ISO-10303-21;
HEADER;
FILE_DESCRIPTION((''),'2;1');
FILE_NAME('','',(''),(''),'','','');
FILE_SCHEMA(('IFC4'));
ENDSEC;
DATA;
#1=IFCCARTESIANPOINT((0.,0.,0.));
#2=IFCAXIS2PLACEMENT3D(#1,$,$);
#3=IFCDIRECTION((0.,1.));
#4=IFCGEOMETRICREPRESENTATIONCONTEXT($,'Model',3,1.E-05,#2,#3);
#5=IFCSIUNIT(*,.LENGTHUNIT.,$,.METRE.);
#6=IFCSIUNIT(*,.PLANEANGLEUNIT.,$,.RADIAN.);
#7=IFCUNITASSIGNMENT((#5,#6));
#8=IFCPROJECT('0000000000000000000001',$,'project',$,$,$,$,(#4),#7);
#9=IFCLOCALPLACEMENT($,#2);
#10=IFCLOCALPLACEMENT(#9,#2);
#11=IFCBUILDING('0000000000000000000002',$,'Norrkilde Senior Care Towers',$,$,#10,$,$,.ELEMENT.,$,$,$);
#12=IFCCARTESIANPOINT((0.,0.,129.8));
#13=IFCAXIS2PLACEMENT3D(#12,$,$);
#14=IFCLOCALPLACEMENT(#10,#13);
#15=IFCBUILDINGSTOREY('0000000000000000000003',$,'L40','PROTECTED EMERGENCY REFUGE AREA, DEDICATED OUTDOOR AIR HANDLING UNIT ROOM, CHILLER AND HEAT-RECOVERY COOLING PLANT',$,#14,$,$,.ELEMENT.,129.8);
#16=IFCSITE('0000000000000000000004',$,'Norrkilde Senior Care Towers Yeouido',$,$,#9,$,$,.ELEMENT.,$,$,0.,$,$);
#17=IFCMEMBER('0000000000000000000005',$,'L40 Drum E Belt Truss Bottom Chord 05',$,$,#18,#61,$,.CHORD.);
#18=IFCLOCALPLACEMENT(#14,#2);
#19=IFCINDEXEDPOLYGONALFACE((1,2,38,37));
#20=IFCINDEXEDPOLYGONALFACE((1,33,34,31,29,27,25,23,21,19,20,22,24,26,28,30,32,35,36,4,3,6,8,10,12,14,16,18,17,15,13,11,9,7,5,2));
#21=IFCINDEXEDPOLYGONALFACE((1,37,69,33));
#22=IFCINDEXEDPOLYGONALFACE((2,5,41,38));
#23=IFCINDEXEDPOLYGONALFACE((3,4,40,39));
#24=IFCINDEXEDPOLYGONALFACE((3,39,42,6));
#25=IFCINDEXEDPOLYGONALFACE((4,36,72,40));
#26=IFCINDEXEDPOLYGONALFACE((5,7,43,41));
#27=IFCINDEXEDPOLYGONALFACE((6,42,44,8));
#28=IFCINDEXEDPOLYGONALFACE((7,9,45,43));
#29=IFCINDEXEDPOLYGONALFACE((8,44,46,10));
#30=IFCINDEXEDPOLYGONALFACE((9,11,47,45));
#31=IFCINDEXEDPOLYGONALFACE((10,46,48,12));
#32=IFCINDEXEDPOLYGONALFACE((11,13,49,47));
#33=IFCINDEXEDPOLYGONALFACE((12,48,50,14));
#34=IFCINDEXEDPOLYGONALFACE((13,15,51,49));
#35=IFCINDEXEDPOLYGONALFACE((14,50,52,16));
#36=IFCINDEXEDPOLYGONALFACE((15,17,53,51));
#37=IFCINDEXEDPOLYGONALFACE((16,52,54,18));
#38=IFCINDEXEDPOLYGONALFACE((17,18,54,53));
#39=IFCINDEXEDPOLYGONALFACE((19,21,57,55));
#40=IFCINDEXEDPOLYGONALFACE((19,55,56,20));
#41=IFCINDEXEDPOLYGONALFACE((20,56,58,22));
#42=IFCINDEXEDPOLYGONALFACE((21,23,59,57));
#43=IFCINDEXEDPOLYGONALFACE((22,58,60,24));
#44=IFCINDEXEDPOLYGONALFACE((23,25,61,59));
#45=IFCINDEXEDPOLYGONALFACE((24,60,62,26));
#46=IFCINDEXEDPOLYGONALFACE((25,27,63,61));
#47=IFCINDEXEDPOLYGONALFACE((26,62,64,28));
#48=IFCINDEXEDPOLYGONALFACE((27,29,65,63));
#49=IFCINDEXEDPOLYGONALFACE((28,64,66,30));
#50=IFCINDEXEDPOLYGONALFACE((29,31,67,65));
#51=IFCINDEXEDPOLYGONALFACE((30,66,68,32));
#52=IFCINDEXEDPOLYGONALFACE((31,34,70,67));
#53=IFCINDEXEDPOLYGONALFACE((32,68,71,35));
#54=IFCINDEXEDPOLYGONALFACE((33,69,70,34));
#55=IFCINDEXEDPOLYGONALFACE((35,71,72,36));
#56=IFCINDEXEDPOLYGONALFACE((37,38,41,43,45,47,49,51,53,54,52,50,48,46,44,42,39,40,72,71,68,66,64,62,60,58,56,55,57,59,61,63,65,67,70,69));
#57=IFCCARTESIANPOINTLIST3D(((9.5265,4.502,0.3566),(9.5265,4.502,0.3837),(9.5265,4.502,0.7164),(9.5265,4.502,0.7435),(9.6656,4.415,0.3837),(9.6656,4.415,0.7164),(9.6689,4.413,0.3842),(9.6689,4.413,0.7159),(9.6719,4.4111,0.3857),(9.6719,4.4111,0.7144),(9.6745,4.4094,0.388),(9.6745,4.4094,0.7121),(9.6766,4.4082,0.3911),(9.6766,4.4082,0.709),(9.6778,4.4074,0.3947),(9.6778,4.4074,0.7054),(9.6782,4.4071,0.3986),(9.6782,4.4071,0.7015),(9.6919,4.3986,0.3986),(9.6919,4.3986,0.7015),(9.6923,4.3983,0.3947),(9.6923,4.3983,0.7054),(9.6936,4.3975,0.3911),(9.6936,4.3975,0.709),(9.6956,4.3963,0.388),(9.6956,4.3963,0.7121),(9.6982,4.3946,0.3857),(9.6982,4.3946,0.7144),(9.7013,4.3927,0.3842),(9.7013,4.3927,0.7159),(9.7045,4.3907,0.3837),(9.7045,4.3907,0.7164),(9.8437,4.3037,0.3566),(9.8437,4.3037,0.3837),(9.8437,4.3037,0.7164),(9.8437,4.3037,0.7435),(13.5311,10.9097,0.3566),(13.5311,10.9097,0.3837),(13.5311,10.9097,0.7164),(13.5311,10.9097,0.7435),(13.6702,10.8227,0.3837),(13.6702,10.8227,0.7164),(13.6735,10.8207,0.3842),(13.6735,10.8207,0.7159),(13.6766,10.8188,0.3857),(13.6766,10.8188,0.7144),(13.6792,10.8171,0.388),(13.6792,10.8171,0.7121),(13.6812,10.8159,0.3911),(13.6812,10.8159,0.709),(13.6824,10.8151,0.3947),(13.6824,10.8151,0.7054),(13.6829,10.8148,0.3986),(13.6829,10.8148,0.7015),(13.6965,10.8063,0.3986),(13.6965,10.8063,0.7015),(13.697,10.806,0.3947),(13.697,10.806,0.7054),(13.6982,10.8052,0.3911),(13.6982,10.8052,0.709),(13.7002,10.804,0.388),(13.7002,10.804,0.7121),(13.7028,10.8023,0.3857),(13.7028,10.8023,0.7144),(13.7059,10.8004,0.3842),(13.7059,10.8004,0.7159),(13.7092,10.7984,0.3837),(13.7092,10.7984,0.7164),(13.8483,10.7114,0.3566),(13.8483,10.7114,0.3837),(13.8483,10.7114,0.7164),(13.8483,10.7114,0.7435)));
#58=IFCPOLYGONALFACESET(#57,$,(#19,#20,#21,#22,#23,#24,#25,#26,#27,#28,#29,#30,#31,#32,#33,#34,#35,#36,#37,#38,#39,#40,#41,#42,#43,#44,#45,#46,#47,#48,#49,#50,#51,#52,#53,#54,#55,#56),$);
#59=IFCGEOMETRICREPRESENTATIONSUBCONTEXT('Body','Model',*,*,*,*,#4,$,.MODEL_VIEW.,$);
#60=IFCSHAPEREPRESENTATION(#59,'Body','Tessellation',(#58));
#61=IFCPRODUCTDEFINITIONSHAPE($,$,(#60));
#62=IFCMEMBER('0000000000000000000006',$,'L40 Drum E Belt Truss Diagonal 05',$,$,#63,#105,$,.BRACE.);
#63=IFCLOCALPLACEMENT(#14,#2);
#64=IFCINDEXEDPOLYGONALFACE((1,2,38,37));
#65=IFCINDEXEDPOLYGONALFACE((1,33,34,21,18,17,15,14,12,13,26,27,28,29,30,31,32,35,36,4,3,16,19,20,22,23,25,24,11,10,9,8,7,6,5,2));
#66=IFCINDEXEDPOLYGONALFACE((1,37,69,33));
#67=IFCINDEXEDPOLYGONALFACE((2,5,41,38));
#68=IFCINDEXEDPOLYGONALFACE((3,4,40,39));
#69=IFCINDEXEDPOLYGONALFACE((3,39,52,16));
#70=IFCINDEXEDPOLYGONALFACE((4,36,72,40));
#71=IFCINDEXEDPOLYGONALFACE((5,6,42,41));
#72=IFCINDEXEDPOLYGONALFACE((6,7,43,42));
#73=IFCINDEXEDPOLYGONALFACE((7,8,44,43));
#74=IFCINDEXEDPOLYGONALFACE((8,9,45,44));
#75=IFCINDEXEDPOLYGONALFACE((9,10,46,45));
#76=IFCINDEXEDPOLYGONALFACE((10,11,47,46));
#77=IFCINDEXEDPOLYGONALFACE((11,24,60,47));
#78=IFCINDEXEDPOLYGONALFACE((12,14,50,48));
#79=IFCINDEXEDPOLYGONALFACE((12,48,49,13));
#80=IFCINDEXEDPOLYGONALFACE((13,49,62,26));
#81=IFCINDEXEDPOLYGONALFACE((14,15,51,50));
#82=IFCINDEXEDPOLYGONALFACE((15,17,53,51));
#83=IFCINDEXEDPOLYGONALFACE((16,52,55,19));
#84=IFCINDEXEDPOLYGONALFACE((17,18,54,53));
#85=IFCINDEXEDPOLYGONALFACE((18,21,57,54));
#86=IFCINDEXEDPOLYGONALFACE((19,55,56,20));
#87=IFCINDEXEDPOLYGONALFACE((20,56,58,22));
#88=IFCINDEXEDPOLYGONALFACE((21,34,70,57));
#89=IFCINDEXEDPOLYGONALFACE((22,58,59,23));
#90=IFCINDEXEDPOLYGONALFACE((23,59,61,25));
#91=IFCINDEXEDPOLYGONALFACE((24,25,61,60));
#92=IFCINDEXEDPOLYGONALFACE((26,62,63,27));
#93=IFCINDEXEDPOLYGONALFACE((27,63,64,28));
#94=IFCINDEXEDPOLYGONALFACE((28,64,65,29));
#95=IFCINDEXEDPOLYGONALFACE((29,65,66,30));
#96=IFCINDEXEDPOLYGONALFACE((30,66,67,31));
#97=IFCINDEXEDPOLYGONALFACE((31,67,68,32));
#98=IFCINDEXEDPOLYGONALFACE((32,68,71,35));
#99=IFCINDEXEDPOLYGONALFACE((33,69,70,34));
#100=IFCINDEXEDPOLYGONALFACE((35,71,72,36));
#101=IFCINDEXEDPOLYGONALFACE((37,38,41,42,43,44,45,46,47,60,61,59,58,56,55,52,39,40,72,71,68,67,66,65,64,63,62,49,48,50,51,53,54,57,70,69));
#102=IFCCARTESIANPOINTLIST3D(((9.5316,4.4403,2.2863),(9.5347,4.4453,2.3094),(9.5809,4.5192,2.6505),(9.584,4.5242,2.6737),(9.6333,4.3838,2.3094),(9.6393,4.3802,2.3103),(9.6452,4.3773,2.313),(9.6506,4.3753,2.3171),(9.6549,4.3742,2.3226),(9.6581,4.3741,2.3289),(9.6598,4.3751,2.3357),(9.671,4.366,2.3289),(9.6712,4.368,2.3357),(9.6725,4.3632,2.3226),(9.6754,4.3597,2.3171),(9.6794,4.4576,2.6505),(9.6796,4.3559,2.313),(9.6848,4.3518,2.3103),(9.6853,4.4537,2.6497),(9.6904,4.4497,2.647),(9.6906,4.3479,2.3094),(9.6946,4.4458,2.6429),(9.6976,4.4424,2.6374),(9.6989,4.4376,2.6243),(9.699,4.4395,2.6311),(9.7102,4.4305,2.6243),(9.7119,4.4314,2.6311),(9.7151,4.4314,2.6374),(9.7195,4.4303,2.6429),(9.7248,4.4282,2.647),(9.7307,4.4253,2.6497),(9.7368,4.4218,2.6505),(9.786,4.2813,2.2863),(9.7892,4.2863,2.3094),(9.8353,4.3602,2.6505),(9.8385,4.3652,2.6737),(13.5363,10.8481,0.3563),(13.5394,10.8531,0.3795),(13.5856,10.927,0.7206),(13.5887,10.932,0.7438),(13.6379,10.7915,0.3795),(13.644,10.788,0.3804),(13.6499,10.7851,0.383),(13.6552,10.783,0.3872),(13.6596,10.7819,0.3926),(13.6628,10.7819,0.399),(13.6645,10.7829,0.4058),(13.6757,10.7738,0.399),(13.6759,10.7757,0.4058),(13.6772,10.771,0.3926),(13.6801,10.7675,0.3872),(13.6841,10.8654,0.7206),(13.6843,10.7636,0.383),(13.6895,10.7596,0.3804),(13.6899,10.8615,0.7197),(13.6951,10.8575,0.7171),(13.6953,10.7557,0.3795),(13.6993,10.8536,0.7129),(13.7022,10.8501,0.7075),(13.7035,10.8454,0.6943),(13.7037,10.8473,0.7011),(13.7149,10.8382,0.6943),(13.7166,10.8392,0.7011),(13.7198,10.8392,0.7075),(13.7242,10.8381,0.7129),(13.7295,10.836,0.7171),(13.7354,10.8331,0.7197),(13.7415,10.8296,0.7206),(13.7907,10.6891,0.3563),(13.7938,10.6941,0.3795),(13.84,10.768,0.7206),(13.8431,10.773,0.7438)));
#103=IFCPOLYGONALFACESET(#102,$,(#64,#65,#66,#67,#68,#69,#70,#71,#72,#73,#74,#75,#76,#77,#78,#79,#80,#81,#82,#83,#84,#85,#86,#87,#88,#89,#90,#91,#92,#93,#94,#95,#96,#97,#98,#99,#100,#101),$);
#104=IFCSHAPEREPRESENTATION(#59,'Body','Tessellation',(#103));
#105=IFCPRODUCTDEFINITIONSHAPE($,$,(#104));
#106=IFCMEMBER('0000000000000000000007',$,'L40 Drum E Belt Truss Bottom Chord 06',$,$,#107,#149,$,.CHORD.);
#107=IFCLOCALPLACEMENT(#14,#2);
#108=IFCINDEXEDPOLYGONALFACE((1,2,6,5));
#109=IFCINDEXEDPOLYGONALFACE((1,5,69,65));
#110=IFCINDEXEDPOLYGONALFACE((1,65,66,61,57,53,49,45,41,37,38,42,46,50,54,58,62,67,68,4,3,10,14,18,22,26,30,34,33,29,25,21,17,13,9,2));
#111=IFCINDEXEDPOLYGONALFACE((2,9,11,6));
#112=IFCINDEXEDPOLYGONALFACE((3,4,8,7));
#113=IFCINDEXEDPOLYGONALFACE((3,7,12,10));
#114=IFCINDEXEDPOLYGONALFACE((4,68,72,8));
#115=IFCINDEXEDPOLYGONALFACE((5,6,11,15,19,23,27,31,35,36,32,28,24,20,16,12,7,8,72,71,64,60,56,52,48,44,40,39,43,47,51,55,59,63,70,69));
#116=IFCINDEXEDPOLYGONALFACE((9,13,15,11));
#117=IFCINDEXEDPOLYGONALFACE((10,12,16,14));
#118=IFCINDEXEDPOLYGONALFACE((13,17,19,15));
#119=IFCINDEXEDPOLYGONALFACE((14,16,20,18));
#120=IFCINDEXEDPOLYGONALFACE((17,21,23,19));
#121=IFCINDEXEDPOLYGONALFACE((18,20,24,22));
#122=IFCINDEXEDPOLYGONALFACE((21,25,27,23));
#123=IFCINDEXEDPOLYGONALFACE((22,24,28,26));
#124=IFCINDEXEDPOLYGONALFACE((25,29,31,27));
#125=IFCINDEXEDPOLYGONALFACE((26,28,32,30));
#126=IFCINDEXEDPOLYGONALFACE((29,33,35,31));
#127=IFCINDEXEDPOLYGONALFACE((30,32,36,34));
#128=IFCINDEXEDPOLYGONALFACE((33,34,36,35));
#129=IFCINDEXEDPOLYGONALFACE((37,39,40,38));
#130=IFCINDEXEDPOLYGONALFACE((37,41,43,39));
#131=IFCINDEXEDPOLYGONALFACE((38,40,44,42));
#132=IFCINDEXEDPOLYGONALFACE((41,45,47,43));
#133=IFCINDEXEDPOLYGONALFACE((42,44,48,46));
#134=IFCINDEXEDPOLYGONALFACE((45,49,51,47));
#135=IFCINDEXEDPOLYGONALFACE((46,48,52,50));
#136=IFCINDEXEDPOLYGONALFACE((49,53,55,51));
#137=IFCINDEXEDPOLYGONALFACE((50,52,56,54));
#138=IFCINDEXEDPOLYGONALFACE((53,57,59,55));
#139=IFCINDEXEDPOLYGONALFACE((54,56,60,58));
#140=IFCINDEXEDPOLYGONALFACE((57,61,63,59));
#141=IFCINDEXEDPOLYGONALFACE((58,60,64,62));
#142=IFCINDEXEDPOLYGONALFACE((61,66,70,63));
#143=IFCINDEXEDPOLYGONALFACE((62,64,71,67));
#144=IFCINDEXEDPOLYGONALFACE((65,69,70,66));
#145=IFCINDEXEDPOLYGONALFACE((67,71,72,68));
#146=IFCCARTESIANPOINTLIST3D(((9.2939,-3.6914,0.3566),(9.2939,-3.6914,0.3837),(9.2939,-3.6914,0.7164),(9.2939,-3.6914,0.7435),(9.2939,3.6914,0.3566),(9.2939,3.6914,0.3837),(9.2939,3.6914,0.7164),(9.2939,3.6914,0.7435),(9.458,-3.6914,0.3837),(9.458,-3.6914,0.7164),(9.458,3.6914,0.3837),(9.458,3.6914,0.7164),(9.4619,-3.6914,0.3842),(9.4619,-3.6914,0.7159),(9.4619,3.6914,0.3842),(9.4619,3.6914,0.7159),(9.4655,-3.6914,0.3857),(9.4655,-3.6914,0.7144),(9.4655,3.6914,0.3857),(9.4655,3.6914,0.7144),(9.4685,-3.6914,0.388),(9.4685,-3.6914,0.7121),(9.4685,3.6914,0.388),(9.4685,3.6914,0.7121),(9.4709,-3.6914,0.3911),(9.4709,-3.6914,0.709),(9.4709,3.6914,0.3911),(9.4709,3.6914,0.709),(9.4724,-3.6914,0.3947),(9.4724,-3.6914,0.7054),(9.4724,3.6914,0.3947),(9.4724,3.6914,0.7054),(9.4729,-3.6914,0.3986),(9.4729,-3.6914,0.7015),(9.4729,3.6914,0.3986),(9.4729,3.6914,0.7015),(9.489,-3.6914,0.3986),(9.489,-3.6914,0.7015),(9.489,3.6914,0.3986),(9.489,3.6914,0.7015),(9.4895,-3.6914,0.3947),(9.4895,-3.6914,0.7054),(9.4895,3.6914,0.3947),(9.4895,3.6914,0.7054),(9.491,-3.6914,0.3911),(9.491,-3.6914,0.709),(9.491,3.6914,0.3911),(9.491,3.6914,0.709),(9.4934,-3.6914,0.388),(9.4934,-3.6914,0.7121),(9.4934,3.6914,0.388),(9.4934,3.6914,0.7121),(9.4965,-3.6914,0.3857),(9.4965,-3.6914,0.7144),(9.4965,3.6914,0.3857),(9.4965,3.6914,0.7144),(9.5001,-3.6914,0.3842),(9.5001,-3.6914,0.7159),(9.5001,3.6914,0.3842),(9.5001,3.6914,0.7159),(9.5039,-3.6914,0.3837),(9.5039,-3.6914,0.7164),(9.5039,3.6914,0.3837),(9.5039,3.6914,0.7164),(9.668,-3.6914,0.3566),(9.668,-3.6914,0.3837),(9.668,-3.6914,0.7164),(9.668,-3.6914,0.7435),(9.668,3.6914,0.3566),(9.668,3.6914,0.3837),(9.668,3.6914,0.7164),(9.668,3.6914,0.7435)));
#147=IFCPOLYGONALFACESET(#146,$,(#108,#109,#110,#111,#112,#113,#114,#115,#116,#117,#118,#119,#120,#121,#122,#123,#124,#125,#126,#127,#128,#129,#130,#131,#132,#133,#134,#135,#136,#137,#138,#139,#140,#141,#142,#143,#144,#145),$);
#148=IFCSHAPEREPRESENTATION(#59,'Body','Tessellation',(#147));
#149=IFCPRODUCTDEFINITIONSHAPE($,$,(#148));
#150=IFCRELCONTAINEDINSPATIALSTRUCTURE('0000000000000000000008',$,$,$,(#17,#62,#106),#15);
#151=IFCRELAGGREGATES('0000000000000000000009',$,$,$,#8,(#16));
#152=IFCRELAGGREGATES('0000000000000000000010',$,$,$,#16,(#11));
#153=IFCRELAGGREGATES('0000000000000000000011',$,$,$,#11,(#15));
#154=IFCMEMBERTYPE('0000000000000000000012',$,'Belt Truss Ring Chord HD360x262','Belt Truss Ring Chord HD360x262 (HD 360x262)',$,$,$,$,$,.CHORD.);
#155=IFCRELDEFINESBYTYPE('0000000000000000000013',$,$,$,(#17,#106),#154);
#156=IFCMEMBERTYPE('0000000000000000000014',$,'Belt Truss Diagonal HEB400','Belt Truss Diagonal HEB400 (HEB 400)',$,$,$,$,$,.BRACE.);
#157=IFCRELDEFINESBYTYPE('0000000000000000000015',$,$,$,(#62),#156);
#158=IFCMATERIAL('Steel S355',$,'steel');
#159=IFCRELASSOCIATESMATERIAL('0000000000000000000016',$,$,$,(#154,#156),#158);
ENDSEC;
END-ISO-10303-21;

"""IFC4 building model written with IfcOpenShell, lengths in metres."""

from ifc_helpers import new_model, si_unit, direction, frame, origin, origin_2d, place, context, subcontext, project, spatial, i_section, extrude, source, transform, mapped, material, material_profile, profile_set, type_object, type_shapes, element, save


model = new_model("IFC4")

# Units and contexts
model_context = context("Model", 3, precision=1e-05, world=origin(), true_north=direction((0.0, 1.0)))
body_context = subcontext(model_context, "Body", "Model", "MODEL_VIEW")
ifc_project = project(units=[si_unit("LENGTHUNIT", "METRE"), si_unit("PLANEANGLEUNIT", "RADIAN")], contexts=[model_context])

# Site, building, storey
site_placement = place(None, origin())
site = spatial("IfcSite", under=ifc_project, at=site_placement, Name="Norrkilde Senior Care Towers Yeouido", CompositionType="ELEMENT", RefElevation=0.0)
building_placement = place(site_placement, origin())
building = spatial("IfcBuilding", under=site, at=building_placement, Name="Norrkilde Senior Care Towers", CompositionType="ELEMENT")
storey_placement = place(building_placement, frame((0.0, 0.0, 129.8)))
storey = spatial("IfcBuildingStorey", under=building, at=storey_placement, Name="L40", Description="PROTECTED EMERGENCY REFUGE AREA, DEDICATED OUTDOOR AIR HANDLING UNIT ROOM, CHILLER AND HEAT-RECOVERY COOLING PLANT", CompositionType="ELEMENT", Elevation=129.8)

# Members
ifc_material_1 = material(Name="Steel S355", Category="steel")
ifc_material_profile_1 = material_profile(ifc_material_1, i_section(OverallWidth=0.374, OverallDepth=0.387, WebThickness=0.0161, FlangeThickness=0.0271, FilletRadius=0.0149, at=origin_2d()), Name="HD 360x262")
ifc_profile_set_1 = profile_set([ifc_material_profile_1], Name="Steel S355")
member_type_1 = type_object("IfcMemberType", Name="Belt Truss Ring Chord HD360x262", Description="Belt Truss Ring Chord HD360x262 (HD 360x262)", PredefinedType="CHORD", material=ifc_profile_set_1)
shared_shape_1 = source(origin(), body_context, "Body", "SweptSolid", [
    extrude(i_section(OverallWidth=0.374, OverallDepth=0.387, WebThickness=0.0161, FlangeThickness=0.0271, FilletRadius=0.0149, at=origin_2d()), origin(), (0.0, 0.0, 1.0), 7.5562),
])
member_1_placement = place(storey_placement, frame((13.6897, 10.8105, 0.55), z_axis=(-0.529982, -0.848009, 0.0), x_axis=(0.848009, -0.529982, 0.0)))
element("IfcMember", 1, at=member_1_placement, inside=storey, type_object=member_type_1, Name="L40 Drum E Belt Truss Bottom Chord 05", PredefinedType="CHORD", context=body_context, shape_type="MappedRepresentation", body=[
    mapped(shared_shape_1, transform((0.0, 0.0, 0.0), x_axis=(1.0, 0.0, 0.0), y_axis=(0.0, 1.0, 0.0), z_axis=(0.0, 0.0, 1.0), scale=1.0)),
])
ifc_material_profile_2 = material_profile(ifc_material_1, i_section(OverallWidth=0.3, OverallDepth=0.3999, WebThickness=0.0134, FlangeThickness=0.0239, FilletRadius=0.0271, at=origin_2d()), Name="HEB 400")
ifc_profile_set_2 = profile_set([ifc_material_profile_2], Name="Steel S355")
member_type_2 = type_object("IfcMemberType", Name="Belt Truss Diagonal HEB400", Description="Belt Truss Diagonal HEB400 (HEB 400)", PredefinedType="BRACE", material=ifc_profile_set_2)
shared_shape_2 = source(origin(), body_context, "Body", "SweptSolid", [
    extrude(i_section(OverallWidth=0.3, OverallDepth=0.3999, WebThickness=0.0134, FlangeThickness=0.0239, FilletRadius=0.0271, at=origin_2d()), origin(), (0.0, 0.0, 1.0), 7.7988),
])
member_2_placement = place(storey_placement, frame((13.6897, 10.8105, 0.55), z_axis=(-0.513497, -0.821633, 0.247467), x_axis=(0.848009, -0.529982, 0.0)))
element("IfcMember", 2, at=member_2_placement, inside=storey, type_object=member_type_2, Name="L40 Drum E Belt Truss Diagonal 05", PredefinedType="BRACE", context=body_context, shape_type="MappedRepresentation", body=[
    mapped(shared_shape_2, transform((0.0, 0.0, 0.0), x_axis=(1.0, 0.0, 0.0), y_axis=(0.0, 1.0, 0.0), z_axis=(0.0, 0.0, 1.0), scale=1.0)),
])
shared_shape_3 = source(origin(), body_context, "Body", "SweptSolid", [
    extrude(i_section(OverallWidth=0.374, OverallDepth=0.387, WebThickness=0.0161, FlangeThickness=0.0271, FilletRadius=0.0149, at=origin_2d()), origin(), (0.0, 0.0, 1.0), 7.3828),
])
type_shapes(member_type_1, [shared_shape_1, shared_shape_3])
member_3_placement = place(storey_placement, frame((9.481, 3.6914, 0.55), z_axis=(0.0, -1.0, 0.0), x_axis=(1.0, 0.0, 0.0)))
element("IfcMember", 3, at=member_3_placement, inside=storey, type_object=member_type_1, Name="L40 Drum E Belt Truss Bottom Chord 06", PredefinedType="CHORD", context=body_context, shape_type="MappedRepresentation", body=[
    mapped(shared_shape_3, transform((0.0, 0.0, 0.0), x_axis=(1.0, 0.0, 0.0), y_axis=(0.0, 1.0, 0.0), z_axis=(0.0, 0.0, 1.0), scale=1.0)),
])

save(model, "model.ifc")
